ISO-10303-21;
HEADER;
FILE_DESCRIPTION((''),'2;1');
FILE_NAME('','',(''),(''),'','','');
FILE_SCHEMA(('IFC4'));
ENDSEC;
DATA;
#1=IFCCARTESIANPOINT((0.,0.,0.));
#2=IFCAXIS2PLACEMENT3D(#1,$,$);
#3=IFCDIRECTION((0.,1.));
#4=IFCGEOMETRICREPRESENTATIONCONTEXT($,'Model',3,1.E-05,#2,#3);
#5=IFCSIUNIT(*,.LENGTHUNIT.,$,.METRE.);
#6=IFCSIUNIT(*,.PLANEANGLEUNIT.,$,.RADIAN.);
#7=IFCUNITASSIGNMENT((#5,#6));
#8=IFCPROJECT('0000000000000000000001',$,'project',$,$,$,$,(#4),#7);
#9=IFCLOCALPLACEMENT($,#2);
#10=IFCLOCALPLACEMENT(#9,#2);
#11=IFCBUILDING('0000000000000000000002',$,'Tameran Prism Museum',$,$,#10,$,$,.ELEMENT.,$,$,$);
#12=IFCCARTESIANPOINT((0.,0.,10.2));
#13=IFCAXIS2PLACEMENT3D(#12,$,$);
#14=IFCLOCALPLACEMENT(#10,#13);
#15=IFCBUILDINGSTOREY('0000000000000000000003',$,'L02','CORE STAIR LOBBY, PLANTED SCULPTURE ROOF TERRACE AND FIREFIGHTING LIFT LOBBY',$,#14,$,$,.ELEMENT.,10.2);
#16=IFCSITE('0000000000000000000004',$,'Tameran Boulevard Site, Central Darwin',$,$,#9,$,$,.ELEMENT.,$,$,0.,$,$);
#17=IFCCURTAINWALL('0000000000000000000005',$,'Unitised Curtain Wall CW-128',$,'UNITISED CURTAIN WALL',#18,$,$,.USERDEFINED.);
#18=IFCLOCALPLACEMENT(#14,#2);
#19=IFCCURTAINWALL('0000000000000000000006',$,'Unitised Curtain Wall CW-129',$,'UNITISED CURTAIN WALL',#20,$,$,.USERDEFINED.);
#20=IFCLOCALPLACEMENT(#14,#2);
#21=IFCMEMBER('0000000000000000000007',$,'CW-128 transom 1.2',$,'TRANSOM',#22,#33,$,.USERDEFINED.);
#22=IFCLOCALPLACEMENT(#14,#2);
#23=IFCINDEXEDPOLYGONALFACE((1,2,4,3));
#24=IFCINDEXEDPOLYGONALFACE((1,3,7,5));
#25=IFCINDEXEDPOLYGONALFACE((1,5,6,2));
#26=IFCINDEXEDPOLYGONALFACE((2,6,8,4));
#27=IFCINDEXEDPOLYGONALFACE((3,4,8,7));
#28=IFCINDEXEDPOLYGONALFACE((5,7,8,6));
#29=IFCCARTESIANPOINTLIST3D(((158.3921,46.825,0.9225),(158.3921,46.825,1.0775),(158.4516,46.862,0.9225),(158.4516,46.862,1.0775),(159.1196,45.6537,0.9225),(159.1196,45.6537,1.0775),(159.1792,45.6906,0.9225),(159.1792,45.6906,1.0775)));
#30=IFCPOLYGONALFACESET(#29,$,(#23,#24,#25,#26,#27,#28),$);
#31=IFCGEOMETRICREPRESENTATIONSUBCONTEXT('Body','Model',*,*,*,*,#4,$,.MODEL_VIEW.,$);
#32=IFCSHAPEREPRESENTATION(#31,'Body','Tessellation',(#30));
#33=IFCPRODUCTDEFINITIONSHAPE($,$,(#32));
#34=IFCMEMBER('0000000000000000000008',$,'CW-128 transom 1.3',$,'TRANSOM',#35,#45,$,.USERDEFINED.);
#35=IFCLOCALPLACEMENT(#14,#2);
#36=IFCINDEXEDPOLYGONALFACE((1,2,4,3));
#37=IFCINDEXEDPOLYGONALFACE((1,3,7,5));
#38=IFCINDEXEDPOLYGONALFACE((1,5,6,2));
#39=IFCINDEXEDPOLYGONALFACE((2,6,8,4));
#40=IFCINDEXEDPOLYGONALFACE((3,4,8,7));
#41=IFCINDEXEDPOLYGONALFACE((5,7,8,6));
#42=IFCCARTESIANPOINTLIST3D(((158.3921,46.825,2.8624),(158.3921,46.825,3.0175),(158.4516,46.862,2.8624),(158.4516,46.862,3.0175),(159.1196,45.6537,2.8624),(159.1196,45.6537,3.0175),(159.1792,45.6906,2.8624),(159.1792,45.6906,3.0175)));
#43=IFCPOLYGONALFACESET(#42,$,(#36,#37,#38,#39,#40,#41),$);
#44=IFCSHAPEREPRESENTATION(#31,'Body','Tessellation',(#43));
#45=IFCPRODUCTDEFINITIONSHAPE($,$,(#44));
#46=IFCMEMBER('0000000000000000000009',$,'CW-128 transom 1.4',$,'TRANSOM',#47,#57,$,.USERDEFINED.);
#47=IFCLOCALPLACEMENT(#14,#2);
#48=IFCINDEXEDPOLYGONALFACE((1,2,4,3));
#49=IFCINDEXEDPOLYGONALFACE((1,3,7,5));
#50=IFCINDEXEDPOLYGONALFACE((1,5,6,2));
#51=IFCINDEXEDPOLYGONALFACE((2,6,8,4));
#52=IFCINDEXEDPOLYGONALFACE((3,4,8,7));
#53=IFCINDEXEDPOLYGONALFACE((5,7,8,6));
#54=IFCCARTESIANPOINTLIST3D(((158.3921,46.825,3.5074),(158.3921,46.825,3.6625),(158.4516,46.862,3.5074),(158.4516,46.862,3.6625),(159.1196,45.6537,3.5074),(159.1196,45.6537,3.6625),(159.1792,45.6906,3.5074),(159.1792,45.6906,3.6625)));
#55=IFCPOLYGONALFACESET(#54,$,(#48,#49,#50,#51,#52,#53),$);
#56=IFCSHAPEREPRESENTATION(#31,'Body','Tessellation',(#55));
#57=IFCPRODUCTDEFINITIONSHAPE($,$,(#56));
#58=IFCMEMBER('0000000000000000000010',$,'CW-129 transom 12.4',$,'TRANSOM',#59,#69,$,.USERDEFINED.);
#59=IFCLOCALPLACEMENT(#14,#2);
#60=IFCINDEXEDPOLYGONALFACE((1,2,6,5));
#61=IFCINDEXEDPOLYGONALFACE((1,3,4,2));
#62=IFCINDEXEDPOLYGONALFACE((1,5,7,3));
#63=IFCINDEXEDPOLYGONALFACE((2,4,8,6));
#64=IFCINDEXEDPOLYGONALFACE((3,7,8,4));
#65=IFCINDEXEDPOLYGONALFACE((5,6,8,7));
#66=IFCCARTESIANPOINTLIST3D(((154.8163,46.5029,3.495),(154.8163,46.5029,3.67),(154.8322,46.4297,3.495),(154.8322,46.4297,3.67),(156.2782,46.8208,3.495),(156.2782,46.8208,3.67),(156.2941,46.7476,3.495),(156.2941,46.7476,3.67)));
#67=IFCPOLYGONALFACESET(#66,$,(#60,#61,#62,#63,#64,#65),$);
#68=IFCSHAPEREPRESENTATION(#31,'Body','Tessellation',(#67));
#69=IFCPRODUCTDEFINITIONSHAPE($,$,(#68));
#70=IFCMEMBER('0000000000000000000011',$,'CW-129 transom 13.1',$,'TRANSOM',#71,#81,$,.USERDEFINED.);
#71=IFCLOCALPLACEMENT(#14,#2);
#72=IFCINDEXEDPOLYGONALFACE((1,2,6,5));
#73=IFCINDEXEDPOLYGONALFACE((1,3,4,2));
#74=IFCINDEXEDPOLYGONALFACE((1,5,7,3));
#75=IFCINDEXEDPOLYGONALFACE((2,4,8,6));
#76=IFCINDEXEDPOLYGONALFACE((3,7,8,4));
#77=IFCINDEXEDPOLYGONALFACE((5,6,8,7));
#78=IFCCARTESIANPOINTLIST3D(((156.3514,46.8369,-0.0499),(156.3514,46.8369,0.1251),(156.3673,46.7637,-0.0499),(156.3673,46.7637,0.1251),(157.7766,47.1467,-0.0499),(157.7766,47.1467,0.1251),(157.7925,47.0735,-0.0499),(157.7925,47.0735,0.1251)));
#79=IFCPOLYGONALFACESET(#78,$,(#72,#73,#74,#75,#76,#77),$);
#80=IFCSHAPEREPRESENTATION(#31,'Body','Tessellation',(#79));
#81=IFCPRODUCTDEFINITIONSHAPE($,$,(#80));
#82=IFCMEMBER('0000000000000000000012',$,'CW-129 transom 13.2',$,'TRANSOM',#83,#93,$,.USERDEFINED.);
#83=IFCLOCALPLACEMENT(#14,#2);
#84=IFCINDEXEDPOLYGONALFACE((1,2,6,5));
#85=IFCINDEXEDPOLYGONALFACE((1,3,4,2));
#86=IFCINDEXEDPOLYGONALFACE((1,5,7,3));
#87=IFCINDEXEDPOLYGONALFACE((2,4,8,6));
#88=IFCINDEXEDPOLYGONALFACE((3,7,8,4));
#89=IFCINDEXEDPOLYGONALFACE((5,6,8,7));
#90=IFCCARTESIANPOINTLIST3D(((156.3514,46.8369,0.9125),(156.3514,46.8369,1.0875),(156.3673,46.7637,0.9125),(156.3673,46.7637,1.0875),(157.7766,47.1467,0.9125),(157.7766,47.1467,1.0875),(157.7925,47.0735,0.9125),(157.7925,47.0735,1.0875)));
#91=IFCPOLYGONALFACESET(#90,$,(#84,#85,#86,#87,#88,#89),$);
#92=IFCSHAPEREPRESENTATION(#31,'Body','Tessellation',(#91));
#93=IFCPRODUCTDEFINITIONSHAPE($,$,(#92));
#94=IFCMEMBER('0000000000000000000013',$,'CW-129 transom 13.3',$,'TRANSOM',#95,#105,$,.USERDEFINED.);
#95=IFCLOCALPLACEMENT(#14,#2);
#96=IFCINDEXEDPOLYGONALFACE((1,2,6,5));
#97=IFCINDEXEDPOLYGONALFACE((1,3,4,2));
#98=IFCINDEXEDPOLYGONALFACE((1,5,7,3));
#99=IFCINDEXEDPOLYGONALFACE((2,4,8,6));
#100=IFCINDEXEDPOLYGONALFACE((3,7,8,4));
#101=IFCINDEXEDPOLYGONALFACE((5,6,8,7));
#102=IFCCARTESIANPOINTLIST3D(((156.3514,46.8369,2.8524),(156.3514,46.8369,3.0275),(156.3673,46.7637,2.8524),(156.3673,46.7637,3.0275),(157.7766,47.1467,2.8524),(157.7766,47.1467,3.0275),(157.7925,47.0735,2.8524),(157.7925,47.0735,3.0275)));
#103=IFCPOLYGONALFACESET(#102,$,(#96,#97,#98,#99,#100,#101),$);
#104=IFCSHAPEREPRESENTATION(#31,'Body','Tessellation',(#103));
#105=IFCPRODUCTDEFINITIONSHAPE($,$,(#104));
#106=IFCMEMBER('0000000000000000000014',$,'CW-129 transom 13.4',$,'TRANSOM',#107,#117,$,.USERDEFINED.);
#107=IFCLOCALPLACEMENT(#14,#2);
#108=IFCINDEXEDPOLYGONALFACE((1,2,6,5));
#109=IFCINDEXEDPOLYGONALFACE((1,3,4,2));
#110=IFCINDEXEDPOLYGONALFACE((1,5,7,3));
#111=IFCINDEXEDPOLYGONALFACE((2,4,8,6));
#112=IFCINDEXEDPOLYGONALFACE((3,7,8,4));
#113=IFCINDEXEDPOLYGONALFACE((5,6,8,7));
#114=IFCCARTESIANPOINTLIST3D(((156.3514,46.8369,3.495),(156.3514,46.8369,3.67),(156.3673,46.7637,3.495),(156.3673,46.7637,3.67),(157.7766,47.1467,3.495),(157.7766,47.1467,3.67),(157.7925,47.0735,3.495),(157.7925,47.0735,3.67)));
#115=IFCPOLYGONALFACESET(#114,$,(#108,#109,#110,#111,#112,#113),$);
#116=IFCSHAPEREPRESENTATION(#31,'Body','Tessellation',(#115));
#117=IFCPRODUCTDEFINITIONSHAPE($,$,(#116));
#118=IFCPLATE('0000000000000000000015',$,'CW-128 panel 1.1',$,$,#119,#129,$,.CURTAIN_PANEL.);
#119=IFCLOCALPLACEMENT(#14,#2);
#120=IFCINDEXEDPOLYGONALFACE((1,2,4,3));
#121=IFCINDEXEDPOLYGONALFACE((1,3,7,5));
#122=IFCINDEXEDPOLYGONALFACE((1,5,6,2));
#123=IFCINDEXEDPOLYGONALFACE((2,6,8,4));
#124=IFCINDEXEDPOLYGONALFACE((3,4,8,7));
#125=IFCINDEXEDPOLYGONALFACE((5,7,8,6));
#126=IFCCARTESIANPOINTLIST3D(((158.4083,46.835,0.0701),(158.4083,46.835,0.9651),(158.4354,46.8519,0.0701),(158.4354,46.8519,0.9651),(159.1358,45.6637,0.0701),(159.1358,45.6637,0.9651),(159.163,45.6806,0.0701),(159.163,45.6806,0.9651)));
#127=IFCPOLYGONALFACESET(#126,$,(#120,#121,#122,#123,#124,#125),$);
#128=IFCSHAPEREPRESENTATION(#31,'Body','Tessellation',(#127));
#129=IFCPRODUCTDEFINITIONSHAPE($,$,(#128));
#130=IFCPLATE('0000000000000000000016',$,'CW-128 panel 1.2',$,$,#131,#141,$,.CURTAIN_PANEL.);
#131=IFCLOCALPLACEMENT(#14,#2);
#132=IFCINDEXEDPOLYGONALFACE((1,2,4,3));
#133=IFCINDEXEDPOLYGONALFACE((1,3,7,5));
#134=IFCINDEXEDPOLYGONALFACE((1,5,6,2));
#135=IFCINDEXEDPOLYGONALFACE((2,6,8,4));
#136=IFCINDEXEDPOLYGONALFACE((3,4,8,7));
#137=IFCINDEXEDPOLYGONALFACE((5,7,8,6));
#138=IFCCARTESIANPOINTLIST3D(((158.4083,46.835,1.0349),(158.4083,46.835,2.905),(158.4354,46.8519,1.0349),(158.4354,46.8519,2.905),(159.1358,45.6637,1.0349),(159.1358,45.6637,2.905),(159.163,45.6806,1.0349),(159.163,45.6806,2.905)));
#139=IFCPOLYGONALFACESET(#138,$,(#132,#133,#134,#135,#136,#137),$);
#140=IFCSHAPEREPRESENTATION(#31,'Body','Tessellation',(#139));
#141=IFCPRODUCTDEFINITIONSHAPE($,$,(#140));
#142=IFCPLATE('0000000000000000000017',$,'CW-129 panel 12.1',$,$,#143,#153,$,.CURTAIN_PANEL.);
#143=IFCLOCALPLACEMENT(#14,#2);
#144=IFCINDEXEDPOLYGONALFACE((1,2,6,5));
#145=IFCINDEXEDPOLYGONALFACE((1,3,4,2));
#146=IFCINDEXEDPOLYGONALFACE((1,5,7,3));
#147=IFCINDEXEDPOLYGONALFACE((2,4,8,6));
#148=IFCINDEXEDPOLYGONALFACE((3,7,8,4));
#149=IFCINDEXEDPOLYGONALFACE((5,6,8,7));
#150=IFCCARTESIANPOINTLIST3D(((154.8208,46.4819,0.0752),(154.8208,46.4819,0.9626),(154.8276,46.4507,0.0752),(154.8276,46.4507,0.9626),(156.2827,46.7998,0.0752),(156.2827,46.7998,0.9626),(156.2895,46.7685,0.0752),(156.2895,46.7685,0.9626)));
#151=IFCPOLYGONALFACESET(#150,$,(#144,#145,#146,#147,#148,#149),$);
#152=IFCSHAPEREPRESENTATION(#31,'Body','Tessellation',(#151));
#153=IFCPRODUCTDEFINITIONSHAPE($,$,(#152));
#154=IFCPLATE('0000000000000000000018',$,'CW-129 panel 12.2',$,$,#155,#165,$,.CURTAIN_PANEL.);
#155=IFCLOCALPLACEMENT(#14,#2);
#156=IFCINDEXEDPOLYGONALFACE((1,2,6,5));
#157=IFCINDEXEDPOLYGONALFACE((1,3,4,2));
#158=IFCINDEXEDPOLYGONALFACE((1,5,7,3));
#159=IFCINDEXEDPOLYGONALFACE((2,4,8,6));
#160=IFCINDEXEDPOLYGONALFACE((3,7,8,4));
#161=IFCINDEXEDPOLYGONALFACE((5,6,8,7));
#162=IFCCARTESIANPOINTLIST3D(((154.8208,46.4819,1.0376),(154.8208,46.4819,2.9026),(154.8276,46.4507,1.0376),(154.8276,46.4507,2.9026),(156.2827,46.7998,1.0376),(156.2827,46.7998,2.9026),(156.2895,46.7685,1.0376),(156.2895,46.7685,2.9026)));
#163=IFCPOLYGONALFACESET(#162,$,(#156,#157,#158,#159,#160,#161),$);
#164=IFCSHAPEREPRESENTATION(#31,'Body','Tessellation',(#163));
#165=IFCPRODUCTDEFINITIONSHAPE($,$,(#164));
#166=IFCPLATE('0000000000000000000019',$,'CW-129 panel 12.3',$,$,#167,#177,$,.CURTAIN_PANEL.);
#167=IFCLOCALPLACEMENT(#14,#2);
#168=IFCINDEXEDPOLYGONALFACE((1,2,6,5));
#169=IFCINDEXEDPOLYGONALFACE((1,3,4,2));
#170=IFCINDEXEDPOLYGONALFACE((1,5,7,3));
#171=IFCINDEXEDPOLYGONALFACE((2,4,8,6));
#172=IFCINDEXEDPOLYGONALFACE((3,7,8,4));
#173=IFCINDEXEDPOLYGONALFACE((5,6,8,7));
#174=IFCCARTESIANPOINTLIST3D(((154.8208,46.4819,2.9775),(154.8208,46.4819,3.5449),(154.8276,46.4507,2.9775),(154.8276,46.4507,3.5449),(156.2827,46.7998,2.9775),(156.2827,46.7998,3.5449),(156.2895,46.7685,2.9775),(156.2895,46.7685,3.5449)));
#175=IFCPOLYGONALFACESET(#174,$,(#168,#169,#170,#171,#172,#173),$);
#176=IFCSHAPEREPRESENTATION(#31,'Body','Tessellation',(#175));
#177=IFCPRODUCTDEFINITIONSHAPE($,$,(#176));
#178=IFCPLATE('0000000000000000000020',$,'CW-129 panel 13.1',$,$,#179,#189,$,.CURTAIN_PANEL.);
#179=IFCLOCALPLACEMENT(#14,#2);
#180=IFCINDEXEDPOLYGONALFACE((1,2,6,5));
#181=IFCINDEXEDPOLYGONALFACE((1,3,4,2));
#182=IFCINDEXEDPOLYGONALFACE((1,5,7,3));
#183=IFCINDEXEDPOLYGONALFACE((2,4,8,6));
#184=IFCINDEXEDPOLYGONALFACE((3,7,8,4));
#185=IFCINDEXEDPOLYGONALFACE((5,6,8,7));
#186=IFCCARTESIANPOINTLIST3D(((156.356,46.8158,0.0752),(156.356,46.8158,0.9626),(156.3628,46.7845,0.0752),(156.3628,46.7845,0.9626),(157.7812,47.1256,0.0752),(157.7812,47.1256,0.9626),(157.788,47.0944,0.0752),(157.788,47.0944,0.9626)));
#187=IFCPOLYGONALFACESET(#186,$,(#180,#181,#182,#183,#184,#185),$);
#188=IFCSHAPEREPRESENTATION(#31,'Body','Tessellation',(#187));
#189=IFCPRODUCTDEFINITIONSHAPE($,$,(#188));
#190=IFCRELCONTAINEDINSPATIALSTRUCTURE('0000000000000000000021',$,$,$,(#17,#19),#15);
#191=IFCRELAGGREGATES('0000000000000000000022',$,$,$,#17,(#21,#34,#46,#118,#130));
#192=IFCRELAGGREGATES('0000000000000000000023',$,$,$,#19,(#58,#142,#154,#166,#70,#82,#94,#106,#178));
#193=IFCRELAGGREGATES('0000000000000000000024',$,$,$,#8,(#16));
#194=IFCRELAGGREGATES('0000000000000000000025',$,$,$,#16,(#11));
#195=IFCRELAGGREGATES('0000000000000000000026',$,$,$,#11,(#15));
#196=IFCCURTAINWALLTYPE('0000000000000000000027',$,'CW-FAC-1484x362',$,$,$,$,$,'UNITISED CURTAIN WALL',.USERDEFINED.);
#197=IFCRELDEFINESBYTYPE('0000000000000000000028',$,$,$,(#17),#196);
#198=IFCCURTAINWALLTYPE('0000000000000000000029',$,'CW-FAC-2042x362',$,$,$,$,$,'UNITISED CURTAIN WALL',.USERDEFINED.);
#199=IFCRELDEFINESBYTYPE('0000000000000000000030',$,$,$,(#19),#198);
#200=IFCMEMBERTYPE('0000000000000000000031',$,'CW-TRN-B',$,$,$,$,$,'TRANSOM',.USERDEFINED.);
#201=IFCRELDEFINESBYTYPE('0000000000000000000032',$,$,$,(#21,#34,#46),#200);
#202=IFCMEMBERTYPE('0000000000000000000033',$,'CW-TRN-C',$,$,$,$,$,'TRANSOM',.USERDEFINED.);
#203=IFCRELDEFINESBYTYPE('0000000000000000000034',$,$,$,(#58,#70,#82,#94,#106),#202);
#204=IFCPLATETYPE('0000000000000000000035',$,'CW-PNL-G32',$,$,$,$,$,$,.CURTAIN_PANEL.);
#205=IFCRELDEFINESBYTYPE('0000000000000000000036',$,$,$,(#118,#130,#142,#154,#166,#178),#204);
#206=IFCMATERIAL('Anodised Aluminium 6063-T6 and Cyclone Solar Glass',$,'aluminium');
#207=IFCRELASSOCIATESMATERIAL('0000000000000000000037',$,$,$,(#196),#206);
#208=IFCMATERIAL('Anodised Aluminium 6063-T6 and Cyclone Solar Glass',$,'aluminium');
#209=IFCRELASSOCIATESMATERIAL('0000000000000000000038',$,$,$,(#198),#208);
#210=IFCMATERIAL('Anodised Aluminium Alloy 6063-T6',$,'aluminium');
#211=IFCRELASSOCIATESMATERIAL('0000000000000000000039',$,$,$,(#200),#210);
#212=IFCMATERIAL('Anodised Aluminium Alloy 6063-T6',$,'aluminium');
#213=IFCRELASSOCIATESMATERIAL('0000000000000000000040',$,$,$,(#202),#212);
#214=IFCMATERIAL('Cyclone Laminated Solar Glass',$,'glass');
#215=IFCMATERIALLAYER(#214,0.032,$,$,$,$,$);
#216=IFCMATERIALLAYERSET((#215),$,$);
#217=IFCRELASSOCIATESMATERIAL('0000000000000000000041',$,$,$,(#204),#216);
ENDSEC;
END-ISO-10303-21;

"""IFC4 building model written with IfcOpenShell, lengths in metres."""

from ifc_helpers import new_model, si_unit, direction, frame, origin, origin_2d, place, context, subcontext, project, spatial, rectangle, extrude, material, layer, layer_set, material_profile, profile_set, type_object, element, aggregate, save


model = new_model("IFC4")

# Units and contexts
model_context = context("Model", 3, precision=1e-05, world=origin(), true_north=direction((0.0, 1.0)))
body_context = subcontext(model_context, "Body", "Model", "MODEL_VIEW")
ifc_project = project(units=[si_unit("LENGTHUNIT", "METRE"), si_unit("PLANEANGLEUNIT", "RADIAN")], contexts=[model_context])

# Site, building, storey
site_placement = place(None, origin())
site = spatial("IfcSite", under=ifc_project, at=site_placement, Name="Tameran Boulevard Site, Central Darwin", CompositionType="ELEMENT", RefElevation=0.0)
building_placement = place(site_placement, origin())
building = spatial("IfcBuilding", under=site, at=building_placement, Name="Tameran Prism Museum", CompositionType="ELEMENT")
storey_placement = place(building_placement, frame((0.0, 0.0, 10.2)))
storey = spatial("IfcBuildingStorey", under=building, at=storey_placement, Name="L02", Description="CORE STAIR LOBBY, PLANTED SCULPTURE ROOF TERRACE AND FIREFIGHTING LIFT LOBBY", CompositionType="ELEMENT", Elevation=10.2)

# Curtain wall
ifc_material_1 = material(Name="Anodised Aluminium 6063-T6 and Cyclone Solar Glass", Category="aluminium")
curtain_wall_type_1 = type_object("IfcCurtainWallType", Name="CW-FAC-1484x362", ElementType="UNITISED CURTAIN WALL", PredefinedType="USERDEFINED", material=ifc_material_1)
curtain_wall_1_placement = place(storey_placement, origin())
curtain_wall_1 = element("IfcCurtainWall", 1, at=curtain_wall_1_placement, inside=storey, type_object=curtain_wall_type_1, Name="Unitised Curtain Wall CW-128", ObjectType="UNITISED CURTAIN WALL", PredefinedType="USERDEFINED")

# Curtain wall
ifc_material_2 = material(Name="Anodised Aluminium 6063-T6 and Cyclone Solar Glass", Category="aluminium")
curtain_wall_type_2 = type_object("IfcCurtainWallType", Name="CW-FAC-2042x362", ElementType="UNITISED CURTAIN WALL", PredefinedType="USERDEFINED", material=ifc_material_2)
curtain_wall_2_placement = place(storey_placement, origin())
curtain_wall_2 = element("IfcCurtainWall", 2, at=curtain_wall_2_placement, inside=storey, type_object=curtain_wall_type_2, Name="Unitised Curtain Wall CW-129", ObjectType="UNITISED CURTAIN WALL", PredefinedType="USERDEFINED")

# Members
ifc_material_3 = material(Name="Anodised Aluminium Alloy 6063-T6", Category="aluminium")
ifc_material_profile_1 = material_profile(ifc_material_3, rectangle(XDim=0.0701, YDim=0.155, at=origin_2d()))
ifc_profile_set_1 = profile_set([ifc_material_profile_1])
member_type_1 = type_object("IfcMemberType", Name="CW-TRN-B", ElementType="TRANSOM", PredefinedType="USERDEFINED", material=ifc_profile_set_1)
member_1_placement = place(storey_placement, frame((158.4219, 46.8435, 1.0), z_axis=(0.52761, -0.849487, 0.0), x_axis=(0.849487, 0.52761, 0.0)))
member_1 = element("IfcMember", 3, at=member_1_placement, type_object=member_type_1, Name="CW-128 transom 1.2", ObjectType="TRANSOM", PredefinedType="USERDEFINED", context=body_context, shape_type="SweptSolid", body=[
    extrude(rectangle(XDim=0.0701, YDim=0.155, at=origin_2d()), origin(), (0.0, 0.0, 1.0), 1.3789),
])
member_2_placement = place(storey_placement, frame((158.4219, 46.8435, 2.9399), z_axis=(0.52761, -0.849487, 0.0), x_axis=(0.849487, 0.52761, 0.0)))
member_2 = element("IfcMember", 4, at=member_2_placement, type_object=member_type_1, Name="CW-128 transom 1.3", ObjectType="TRANSOM", PredefinedType="USERDEFINED", context=body_context, shape_type="SweptSolid", body=[
    extrude(rectangle(XDim=0.0701, YDim=0.155, at=origin_2d()), origin(), (0.0, 0.0, 1.0), 1.3789),
])
member_3_placement = place(storey_placement, frame((158.4219, 46.8435, 3.585), z_axis=(0.52761, -0.849487, 0.0), x_axis=(0.849487, 0.52761, 0.0)))
member_3 = element("IfcMember", 5, at=member_3_placement, type_object=member_type_1, Name="CW-128 transom 1.4", ObjectType="TRANSOM", PredefinedType="USERDEFINED", context=body_context, shape_type="SweptSolid", body=[
    extrude(rectangle(XDim=0.0701, YDim=0.155, at=origin_2d()), origin(), (0.0, 0.0, 1.0), 1.3789),
])
ifc_material_4 = material(Name="Anodised Aluminium Alloy 6063-T6", Category="aluminium")
ifc_material_profile_2 = material_profile(ifc_material_4, rectangle(XDim=0.075, YDim=0.175, at=origin_2d()))
ifc_profile_set_2 = profile_set([ifc_material_profile_2])
member_type_2 = type_object("IfcMemberType", Name="CW-TRN-C", ElementType="TRANSOM", PredefinedType="USERDEFINED", material=ifc_profile_set_2)
member_4_placement = place(storey_placement, frame((154.8242, 46.4663, 3.5825), z_axis=(0.977168, 0.21247, 0.0), x_axis=(-0.21247, 0.977168, 0.0)))
member_4 = element("IfcMember", 6, at=member_4_placement, type_object=member_type_2, Name="CW-129 transom 12.4", ObjectType="TRANSOM", PredefinedType="USERDEFINED", context=body_context, shape_type="SweptSolid", body=[
    extrude(rectangle(XDim=0.075, YDim=0.175, at=origin_2d()), origin(), (0.0, 0.0, 1.0), 1.4961),
])
member_5_placement = place(storey_placement, frame((156.3594, 46.8003, 0.0376), z_axis=(0.977181, 0.212409, 0.0), x_axis=(-0.212409, 0.977181, 0.0)))
member_5 = element("IfcMember", 7, at=member_5_placement, type_object=member_type_2, Name="CW-129 transom 13.1", ObjectType="TRANSOM", PredefinedType="USERDEFINED", context=body_context, shape_type="SweptSolid", body=[
    extrude(rectangle(XDim=0.075, YDim=0.175, at=origin_2d()), origin(), (0.0, 0.0, 1.0), 1.4585),
])
member_6_placement = place(storey_placement, frame((156.3594, 46.8003, 1.0), z_axis=(0.977181, 0.212409, 0.0), x_axis=(-0.212409, 0.977181, 0.0)))
member_6 = element("IfcMember", 8, at=member_6_placement, type_object=member_type_2, Name="CW-129 transom 13.2", ObjectType="TRANSOM", PredefinedType="USERDEFINED", context=body_context, shape_type="SweptSolid", body=[
    extrude(rectangle(XDim=0.075, YDim=0.175, at=origin_2d()), origin(), (0.0, 0.0, 1.0), 1.4585),
])
member_7_placement = place(storey_placement, frame((156.3594, 46.8003, 2.9399), z_axis=(0.977181, 0.212409, 0.0), x_axis=(-0.212409, 0.977181, 0.0)))
member_7 = element("IfcMember", 9, at=member_7_placement, type_object=member_type_2, Name="CW-129 transom 13.3", ObjectType="TRANSOM", PredefinedType="USERDEFINED", context=body_context, shape_type="SweptSolid", body=[
    extrude(rectangle(XDim=0.075, YDim=0.175, at=origin_2d()), origin(), (0.0, 0.0, 1.0), 1.4585),
])
member_8_placement = place(storey_placement, frame((156.3594, 46.8003, 3.5825), z_axis=(0.977181, 0.212409, 0.0), x_axis=(-0.212409, 0.977181, 0.0)))
member_8 = element("IfcMember", 10, at=member_8_placement, type_object=member_type_2, Name="CW-129 transom 13.4", ObjectType="TRANSOM", PredefinedType="USERDEFINED", context=body_context, shape_type="SweptSolid", body=[
    extrude(rectangle(XDim=0.075, YDim=0.175, at=origin_2d()), origin(), (0.0, 0.0, 1.0), 1.4585),
])

# Plates
ifc_material_5 = material(Name="Cyclone Laminated Solar Glass", Category="glass")
ifc_layer_1 = layer(ifc_material_5, 0.032)
ifc_layer_set_1 = layer_set([ifc_layer_1])
plate_type_1 = type_object("IfcPlateType", Name="CW-PNL-G32", PredefinedType="CURTAIN_PANEL", material=ifc_layer_set_1)
plate_1_placement = place(storey_placement, frame((158.7856, 46.2578, 0.0701), z_axis=(0.0, 0.0, 1.0), x_axis=(0.527635, -0.849471, 0.0)))
plate_1 = element("IfcPlate", 11, at=plate_1_placement, type_object=plate_type_1, Name="CW-128 panel 1.1", PredefinedType="CURTAIN_PANEL", context=body_context, shape_type="SweptSolid", body=[
    extrude(rectangle(XDim=1.3789, YDim=0.032, at=origin_2d()), origin(), (0.0, 0.0, 1.0), 0.895),
])
plate_2_placement = place(storey_placement, frame((158.7856, 46.2578, 1.0349), z_axis=(0.0, 0.0, 1.0), x_axis=(0.527635, -0.849471, 0.0)))
plate_2 = element("IfcPlate", 12, at=plate_2_placement, type_object=plate_type_1, Name="CW-128 panel 1.2", PredefinedType="CURTAIN_PANEL", context=body_context, shape_type="SweptSolid", body=[
    extrude(rectangle(XDim=1.3789, YDim=0.032, at=origin_2d()), origin(), (0.0, 0.0, 1.0), 1.8701),
])
aggregate(curtain_wall_1, [member_1, member_2, member_3, plate_1, plate_2])
plate_3_placement = place(storey_placement, frame((155.5552, 46.6252, 0.0752), z_axis=(0.0, 0.0, 1.0), x_axis=(0.977171, 0.212454, 0.0)))
plate_3 = element("IfcPlate", 13, at=plate_3_placement, type_object=plate_type_1, Name="CW-129 panel 12.1", PredefinedType="CURTAIN_PANEL", context=body_context, shape_type="SweptSolid", body=[
    extrude(rectangle(XDim=1.4961, YDim=0.032, at=origin_2d()), origin(), (0.0, 0.0, 1.0), 0.8875),
])
plate_4_placement = place(storey_placement, frame((155.5552, 46.6252, 1.0376), z_axis=(0.0, 0.0, 1.0), x_axis=(0.977171, 0.212454, 0.0)))
plate_4 = element("IfcPlate", 14, at=plate_4_placement, type_object=plate_type_1, Name="CW-129 panel 12.2", PredefinedType="CURTAIN_PANEL", context=body_context, shape_type="SweptSolid", body=[
    extrude(rectangle(XDim=1.4961, YDim=0.032, at=origin_2d()), origin(), (0.0, 0.0, 1.0), 1.865),
])
plate_5_placement = place(storey_placement, frame((155.5552, 46.6252, 2.9775), z_axis=(0.0, 0.0, 1.0), x_axis=(0.977171, 0.212454, 0.0)))
plate_5 = element("IfcPlate", 15, at=plate_5_placement, type_object=plate_type_1, Name="CW-129 panel 12.3", PredefinedType="CURTAIN_PANEL", context=body_context, shape_type="SweptSolid", body=[
    extrude(rectangle(XDim=1.4961, YDim=0.032, at=origin_2d()), origin(), (0.0, 0.0, 1.0), 0.5674),
])
plate_6_placement = place(storey_placement, frame((157.072, 46.9551, 0.0752), z_axis=(0.0, 0.0, 1.0), x_axis=(0.977171, 0.212454, 0.0)))
plate_6 = element("IfcPlate", 16, at=plate_6_placement, type_object=plate_type_1, Name="CW-129 panel 13.1", PredefinedType="CURTAIN_PANEL", context=body_context, shape_type="SweptSolid", body=[
    extrude(rectangle(XDim=1.4585, YDim=0.032, at=origin_2d()), origin(), (0.0, 0.0, 1.0), 0.8875),
])
aggregate(curtain_wall_2, [member_4, plate_3, plate_4, plate_5, member_5, member_6, member_7, member_8, plate_6])

save(model, "model.ifc")
